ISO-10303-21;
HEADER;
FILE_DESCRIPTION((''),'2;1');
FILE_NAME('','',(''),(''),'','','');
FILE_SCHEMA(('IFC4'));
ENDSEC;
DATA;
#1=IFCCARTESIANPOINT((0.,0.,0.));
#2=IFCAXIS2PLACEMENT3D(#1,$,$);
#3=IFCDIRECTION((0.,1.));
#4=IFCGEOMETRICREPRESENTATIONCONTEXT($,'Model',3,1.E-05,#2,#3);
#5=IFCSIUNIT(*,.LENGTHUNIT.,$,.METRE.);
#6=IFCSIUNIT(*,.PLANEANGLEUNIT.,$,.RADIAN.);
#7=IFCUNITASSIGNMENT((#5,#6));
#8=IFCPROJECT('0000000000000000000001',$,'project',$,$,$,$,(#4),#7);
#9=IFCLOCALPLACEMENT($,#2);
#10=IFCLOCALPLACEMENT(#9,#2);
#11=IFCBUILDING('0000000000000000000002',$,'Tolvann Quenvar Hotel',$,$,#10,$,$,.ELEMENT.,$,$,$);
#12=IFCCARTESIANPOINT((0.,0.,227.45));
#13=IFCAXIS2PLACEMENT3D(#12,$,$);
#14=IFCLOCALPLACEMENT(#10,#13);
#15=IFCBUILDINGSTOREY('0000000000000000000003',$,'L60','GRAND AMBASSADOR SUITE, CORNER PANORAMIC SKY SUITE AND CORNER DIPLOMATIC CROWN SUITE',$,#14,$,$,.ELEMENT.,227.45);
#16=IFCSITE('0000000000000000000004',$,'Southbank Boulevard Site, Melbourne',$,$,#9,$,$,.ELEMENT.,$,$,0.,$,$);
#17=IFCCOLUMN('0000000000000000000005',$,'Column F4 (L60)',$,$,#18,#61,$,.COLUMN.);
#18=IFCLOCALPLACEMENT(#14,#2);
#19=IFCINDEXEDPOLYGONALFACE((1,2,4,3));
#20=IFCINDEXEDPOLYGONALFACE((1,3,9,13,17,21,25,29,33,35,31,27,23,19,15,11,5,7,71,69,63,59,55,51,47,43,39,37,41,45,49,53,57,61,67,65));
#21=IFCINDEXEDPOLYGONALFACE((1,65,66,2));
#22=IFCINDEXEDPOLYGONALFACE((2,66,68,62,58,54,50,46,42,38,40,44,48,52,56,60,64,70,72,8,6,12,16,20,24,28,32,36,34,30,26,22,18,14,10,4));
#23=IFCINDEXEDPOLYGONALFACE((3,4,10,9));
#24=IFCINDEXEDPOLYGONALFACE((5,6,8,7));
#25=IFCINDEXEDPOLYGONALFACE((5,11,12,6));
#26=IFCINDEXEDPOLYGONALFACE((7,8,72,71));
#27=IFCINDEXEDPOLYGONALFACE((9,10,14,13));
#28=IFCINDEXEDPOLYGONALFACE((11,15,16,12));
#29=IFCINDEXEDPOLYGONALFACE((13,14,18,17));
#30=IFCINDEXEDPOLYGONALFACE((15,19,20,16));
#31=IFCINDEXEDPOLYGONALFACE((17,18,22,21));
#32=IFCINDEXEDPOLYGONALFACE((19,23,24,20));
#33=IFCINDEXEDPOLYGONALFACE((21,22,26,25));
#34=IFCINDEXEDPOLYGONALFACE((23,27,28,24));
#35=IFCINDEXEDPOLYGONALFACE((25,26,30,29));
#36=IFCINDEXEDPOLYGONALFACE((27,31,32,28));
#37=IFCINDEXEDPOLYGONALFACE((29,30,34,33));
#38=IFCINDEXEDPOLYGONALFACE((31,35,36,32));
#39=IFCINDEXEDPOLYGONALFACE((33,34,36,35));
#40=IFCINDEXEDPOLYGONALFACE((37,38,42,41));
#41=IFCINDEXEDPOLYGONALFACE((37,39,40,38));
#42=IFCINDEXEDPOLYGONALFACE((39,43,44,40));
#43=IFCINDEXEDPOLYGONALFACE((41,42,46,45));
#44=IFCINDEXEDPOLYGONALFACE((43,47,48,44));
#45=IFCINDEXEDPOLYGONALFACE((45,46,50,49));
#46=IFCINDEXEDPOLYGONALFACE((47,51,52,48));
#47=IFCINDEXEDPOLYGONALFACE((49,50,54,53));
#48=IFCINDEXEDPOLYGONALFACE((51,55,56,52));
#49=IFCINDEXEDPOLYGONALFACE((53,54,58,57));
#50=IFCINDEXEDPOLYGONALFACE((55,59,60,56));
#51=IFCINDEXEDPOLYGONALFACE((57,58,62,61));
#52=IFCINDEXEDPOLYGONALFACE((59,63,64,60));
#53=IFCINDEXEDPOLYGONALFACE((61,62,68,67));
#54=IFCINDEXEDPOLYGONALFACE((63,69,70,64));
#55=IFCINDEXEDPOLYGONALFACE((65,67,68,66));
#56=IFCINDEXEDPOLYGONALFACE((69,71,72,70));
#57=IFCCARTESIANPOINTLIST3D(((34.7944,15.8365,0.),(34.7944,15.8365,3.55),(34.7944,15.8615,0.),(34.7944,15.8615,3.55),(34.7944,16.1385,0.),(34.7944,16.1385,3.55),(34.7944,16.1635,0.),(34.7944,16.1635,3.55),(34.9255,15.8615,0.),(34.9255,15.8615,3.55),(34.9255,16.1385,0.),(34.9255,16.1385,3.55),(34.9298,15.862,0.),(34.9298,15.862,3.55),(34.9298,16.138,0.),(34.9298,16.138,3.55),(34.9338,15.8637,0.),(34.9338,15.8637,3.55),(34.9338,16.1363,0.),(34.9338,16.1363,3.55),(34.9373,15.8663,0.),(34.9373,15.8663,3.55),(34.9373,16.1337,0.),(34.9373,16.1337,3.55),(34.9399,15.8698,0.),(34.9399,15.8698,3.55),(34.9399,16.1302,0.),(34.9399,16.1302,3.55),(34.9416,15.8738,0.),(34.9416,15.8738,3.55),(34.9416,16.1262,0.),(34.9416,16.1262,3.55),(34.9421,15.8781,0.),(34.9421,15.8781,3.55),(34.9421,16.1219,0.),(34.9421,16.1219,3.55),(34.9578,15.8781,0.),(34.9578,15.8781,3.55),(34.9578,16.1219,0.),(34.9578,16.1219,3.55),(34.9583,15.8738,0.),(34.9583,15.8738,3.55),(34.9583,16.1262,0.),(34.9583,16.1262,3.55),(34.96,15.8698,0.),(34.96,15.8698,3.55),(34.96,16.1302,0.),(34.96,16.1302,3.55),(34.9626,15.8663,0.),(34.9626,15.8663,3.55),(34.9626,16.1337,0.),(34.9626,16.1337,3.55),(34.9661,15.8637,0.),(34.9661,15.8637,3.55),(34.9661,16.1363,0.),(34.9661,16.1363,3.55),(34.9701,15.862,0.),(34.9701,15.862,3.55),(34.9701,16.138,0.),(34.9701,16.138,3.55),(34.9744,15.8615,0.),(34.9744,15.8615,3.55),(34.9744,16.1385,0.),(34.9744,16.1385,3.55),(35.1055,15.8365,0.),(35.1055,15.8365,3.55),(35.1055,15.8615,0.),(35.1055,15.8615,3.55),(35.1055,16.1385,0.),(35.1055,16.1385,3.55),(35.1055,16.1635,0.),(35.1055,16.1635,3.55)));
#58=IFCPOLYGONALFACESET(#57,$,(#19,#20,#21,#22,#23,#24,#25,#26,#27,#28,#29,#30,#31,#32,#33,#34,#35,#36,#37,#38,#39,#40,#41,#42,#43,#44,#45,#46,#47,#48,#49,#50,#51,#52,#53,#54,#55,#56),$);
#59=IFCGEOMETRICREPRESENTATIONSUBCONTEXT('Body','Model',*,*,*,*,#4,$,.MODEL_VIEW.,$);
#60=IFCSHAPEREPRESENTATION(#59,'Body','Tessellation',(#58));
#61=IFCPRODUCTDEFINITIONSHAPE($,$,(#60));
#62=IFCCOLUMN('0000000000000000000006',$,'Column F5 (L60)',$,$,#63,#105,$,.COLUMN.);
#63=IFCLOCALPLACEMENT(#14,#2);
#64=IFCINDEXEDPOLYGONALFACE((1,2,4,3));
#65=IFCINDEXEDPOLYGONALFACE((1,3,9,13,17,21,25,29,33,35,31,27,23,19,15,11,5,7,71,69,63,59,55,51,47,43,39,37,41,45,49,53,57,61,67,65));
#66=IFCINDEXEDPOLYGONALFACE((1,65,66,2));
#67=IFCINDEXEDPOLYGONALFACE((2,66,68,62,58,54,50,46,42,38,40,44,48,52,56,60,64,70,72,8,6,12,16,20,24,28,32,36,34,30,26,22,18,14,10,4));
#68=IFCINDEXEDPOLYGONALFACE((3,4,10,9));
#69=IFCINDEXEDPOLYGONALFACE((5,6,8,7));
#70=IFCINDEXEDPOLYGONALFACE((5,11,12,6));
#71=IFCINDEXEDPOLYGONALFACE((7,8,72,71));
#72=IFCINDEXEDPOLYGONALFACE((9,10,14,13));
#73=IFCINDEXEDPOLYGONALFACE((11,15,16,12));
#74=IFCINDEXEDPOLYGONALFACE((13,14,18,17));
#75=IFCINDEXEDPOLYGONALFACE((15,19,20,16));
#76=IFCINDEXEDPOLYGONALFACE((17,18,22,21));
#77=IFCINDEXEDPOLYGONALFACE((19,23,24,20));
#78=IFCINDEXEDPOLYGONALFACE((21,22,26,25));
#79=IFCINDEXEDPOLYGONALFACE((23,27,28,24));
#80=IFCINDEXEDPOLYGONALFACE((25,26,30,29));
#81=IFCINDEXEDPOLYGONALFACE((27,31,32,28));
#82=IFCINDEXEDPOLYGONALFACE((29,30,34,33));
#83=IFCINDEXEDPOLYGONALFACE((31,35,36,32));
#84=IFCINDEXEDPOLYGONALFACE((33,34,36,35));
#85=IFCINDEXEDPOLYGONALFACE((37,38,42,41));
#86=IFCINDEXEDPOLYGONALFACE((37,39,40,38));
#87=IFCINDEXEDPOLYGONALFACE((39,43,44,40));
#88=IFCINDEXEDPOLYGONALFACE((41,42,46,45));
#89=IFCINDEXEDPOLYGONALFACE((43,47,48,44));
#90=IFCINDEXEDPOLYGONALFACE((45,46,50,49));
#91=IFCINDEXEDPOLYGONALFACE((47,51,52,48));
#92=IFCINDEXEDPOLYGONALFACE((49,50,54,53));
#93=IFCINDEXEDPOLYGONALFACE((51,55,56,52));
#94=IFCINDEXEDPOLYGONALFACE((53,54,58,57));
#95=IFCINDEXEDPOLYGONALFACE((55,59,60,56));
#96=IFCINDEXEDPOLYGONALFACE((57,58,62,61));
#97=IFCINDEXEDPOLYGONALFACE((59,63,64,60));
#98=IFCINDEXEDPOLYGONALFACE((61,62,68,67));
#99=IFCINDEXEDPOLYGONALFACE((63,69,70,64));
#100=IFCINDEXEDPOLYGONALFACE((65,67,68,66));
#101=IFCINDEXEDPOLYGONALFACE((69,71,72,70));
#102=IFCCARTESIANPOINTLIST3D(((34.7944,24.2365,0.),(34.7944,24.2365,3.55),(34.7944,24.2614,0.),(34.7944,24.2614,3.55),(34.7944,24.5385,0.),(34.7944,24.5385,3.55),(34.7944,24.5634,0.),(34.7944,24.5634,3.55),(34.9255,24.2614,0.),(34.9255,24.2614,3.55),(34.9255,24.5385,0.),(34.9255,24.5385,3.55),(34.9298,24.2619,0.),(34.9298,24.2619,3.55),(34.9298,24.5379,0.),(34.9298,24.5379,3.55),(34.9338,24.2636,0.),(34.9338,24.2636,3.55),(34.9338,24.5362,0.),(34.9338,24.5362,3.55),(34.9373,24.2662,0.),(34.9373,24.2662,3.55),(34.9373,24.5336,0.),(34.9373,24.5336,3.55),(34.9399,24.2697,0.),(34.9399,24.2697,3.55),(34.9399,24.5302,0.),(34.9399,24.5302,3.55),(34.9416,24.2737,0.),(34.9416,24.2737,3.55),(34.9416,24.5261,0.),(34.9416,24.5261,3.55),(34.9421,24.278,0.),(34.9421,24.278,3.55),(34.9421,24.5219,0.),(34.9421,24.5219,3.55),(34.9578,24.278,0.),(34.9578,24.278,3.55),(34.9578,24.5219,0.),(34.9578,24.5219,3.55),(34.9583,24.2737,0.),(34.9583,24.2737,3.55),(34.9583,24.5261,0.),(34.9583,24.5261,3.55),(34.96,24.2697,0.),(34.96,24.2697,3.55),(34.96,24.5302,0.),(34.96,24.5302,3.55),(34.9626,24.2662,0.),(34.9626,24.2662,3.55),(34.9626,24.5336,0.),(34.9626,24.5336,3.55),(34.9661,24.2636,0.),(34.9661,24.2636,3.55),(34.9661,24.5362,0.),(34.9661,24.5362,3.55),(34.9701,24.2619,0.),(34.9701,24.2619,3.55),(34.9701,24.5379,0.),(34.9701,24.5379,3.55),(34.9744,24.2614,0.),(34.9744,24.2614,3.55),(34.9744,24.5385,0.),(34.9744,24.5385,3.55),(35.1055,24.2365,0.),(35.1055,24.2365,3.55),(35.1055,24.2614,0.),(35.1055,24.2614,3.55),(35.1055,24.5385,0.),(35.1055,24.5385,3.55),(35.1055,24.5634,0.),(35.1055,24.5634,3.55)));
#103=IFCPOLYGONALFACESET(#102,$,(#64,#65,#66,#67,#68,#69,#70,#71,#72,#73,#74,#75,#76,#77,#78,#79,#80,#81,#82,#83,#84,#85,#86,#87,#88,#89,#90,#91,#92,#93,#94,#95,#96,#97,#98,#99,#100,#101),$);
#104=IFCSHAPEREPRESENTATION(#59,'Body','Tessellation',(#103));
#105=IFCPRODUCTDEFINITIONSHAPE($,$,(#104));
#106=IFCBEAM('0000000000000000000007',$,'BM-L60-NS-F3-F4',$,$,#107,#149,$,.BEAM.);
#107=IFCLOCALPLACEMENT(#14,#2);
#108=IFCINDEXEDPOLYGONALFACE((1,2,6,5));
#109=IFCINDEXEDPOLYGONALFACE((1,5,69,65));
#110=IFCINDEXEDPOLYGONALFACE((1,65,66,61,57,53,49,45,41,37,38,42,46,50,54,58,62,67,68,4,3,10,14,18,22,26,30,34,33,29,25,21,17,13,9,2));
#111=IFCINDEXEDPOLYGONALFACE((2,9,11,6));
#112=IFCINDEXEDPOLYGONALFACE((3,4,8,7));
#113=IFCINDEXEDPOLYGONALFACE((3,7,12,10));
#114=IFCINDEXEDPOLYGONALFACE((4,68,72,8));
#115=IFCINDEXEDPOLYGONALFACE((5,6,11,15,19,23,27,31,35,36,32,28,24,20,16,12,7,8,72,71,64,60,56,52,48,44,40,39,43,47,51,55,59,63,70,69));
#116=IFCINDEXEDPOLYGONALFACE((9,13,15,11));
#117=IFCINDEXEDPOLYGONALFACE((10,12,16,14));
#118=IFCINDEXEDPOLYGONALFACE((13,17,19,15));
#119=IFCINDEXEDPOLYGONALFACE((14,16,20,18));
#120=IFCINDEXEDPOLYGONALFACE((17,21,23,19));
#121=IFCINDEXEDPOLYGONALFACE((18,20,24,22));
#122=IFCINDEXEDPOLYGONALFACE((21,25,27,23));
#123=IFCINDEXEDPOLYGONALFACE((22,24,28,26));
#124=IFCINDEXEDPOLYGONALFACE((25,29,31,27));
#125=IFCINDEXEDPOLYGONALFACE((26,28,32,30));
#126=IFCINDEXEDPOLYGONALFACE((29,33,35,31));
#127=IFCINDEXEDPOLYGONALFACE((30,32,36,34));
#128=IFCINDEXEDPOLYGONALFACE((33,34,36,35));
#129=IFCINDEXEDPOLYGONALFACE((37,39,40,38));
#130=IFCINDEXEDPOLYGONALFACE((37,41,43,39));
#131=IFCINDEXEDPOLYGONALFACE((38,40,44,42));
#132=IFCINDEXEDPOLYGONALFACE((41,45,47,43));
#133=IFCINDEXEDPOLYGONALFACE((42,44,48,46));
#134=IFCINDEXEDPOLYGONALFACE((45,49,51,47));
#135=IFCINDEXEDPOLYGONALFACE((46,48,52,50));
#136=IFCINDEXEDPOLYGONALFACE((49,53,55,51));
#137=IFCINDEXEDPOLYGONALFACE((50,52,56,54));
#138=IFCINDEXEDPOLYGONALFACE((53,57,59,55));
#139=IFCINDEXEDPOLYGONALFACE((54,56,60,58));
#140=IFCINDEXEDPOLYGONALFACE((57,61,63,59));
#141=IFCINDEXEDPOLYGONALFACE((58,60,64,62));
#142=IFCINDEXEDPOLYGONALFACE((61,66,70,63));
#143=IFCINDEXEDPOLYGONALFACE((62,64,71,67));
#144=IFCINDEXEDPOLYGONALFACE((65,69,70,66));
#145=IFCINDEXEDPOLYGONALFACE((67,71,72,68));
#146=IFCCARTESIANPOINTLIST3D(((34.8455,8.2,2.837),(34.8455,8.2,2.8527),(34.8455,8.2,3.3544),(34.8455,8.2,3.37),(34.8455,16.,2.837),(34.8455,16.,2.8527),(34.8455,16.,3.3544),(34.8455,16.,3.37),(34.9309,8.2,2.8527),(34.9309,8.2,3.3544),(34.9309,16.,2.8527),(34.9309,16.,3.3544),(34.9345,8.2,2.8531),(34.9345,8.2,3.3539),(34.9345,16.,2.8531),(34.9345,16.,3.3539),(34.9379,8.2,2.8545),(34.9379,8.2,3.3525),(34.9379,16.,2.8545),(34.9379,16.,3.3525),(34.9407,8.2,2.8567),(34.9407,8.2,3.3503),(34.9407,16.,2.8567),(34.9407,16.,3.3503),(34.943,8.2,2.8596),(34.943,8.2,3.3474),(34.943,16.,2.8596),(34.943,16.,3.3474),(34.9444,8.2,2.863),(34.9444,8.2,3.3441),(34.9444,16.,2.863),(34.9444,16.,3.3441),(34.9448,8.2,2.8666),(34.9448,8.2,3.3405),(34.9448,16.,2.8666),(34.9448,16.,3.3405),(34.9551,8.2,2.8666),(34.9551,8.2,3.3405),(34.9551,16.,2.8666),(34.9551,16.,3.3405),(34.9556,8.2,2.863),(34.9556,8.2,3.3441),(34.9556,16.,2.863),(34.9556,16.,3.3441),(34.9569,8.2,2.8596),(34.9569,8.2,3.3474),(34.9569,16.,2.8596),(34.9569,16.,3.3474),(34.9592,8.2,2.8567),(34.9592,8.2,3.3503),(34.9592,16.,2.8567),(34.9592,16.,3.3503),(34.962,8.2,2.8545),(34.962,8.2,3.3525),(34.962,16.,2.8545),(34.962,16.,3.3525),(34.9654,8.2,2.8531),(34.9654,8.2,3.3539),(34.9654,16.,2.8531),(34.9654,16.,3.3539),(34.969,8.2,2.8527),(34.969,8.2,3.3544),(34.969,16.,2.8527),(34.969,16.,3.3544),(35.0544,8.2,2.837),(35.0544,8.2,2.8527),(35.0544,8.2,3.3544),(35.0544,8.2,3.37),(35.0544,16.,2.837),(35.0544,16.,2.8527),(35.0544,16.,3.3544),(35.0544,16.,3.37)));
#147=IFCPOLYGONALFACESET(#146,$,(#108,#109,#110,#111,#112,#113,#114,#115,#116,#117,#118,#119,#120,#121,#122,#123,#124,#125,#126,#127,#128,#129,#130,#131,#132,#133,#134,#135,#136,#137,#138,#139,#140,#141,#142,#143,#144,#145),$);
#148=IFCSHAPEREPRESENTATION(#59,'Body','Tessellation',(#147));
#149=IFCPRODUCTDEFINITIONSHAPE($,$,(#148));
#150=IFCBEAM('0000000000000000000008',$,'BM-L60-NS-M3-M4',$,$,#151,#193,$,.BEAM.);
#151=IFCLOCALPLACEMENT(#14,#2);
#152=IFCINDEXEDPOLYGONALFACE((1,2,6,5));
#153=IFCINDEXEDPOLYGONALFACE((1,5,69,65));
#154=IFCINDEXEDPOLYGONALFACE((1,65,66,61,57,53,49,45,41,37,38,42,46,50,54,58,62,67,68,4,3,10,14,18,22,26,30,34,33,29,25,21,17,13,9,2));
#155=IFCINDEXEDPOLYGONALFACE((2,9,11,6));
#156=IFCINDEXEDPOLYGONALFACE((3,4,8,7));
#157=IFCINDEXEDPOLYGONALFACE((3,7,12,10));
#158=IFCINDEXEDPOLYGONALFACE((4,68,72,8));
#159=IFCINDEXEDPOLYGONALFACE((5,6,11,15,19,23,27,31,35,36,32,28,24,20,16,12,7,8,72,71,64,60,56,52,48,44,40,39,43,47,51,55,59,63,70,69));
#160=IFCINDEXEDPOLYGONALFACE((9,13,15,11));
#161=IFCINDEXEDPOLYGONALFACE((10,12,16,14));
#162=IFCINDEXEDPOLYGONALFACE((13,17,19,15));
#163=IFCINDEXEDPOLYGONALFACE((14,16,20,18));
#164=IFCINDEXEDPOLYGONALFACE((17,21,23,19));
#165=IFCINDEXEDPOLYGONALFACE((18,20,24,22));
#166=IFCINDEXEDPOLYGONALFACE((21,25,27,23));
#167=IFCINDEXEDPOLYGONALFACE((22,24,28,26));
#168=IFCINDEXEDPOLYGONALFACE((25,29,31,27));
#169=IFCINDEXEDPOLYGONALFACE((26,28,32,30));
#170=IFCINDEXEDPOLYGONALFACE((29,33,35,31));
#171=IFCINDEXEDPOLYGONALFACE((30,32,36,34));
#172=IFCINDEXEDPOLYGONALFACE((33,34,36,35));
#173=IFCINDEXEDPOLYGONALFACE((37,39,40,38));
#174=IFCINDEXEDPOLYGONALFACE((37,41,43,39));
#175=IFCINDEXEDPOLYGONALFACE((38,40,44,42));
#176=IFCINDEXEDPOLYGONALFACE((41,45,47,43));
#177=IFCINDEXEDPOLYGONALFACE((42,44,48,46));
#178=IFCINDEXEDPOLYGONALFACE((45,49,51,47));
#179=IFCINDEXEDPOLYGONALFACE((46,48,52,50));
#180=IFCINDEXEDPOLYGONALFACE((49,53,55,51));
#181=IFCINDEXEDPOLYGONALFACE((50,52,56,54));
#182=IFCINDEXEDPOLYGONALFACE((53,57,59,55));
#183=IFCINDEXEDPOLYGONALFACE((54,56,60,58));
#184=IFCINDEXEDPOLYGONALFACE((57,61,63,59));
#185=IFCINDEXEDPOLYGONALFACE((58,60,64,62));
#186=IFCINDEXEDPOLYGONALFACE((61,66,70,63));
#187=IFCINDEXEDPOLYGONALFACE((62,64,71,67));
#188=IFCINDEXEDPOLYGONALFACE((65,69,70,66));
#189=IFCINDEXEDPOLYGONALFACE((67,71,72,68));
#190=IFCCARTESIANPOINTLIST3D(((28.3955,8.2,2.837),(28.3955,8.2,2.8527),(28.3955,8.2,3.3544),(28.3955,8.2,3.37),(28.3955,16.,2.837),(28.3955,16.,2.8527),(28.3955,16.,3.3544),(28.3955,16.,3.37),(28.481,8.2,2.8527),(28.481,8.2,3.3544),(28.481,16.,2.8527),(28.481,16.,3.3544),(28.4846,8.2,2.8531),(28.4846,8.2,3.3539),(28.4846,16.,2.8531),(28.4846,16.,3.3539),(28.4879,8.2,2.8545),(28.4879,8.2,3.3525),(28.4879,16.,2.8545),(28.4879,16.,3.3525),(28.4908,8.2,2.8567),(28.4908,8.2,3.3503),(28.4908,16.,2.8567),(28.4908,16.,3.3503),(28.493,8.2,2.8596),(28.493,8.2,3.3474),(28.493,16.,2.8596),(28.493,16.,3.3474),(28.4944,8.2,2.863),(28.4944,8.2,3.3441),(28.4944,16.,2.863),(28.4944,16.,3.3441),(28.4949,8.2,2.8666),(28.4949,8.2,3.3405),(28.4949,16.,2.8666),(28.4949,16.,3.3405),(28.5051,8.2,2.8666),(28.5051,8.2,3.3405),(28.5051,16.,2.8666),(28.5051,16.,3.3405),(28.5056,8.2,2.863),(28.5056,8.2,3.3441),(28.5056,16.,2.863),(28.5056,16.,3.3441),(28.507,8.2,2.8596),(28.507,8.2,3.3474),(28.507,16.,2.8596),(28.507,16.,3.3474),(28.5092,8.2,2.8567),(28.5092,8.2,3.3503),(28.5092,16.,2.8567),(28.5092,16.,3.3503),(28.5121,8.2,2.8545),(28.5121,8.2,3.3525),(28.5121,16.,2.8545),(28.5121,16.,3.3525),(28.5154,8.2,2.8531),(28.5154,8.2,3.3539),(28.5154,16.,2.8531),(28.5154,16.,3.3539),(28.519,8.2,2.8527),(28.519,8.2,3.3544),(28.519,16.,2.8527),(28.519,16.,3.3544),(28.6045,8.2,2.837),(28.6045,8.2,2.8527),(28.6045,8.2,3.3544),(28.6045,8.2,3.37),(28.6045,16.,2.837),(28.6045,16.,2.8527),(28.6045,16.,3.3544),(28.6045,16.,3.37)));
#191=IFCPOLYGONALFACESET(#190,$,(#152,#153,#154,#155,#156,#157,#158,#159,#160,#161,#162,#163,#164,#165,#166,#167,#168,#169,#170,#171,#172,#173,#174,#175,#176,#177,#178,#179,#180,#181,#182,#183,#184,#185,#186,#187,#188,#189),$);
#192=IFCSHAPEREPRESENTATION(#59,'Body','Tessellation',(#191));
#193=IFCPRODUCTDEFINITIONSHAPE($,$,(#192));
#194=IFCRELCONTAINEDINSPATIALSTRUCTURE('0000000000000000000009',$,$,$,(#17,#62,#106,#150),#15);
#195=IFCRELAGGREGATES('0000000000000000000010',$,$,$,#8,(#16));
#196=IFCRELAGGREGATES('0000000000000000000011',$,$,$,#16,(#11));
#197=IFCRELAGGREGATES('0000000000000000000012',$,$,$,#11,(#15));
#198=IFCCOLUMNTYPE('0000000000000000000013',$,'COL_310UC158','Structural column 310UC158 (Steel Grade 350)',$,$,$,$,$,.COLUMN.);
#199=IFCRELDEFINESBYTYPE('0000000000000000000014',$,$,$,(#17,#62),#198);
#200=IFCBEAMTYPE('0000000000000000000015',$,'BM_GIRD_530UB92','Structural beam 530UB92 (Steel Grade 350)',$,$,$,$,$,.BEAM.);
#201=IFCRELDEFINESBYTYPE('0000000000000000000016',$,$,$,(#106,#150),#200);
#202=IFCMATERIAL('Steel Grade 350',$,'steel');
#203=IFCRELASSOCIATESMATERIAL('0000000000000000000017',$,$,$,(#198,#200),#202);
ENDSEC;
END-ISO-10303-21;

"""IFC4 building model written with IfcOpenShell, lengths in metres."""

from ifc_helpers import new_model, si_unit, direction, frame, origin, origin_2d, place, context, subcontext, project, spatial, i_section, extrude, source, transform, mapped, material, material_profile, profile_set, type_object, type_shapes, element, save


model = new_model("IFC4")

# Units and contexts
model_context = context("Model", 3, precision=1e-05, world=origin(), true_north=direction((0.0, 1.0)))
body_context = subcontext(model_context, "Body", "Model", "MODEL_VIEW")
ifc_project = project(units=[si_unit("LENGTHUNIT", "METRE"), si_unit("PLANEANGLEUNIT", "RADIAN")], contexts=[model_context])

# Site, building, storey
site_placement = place(None, origin())
site = spatial("IfcSite", under=ifc_project, at=site_placement, Name="Southbank Boulevard Site, Melbourne", CompositionType="ELEMENT", RefElevation=0.0)
building_placement = place(site_placement, origin())
building = spatial("IfcBuilding", under=site, at=building_placement, Name="Tolvann Quenvar Hotel", CompositionType="ELEMENT")
storey_placement = place(building_placement, frame((0.0, 0.0, 227.45)))
storey = spatial("IfcBuildingStorey", under=building, at=storey_placement, Name="L60", Description="GRAND AMBASSADOR SUITE, CORNER PANORAMIC SKY SUITE AND CORNER DIPLOMATIC CROWN SUITE", CompositionType="ELEMENT", Elevation=227.45)

# Columns
ifc_material_1 = material(Name="Steel Grade 350", Category="steel")
ifc_material_profile_1 = material_profile(ifc_material_1, i_section(OverallWidth=0.311, OverallDepth=0.3269, WebThickness=0.0156, FlangeThickness=0.0249, FilletRadius=0.0166, at=origin_2d()), Name="310UC158")
ifc_profile_set_1 = profile_set([ifc_material_profile_1], Name="Steel Grade 350")
column_type_1 = type_object("IfcColumnType", Name="COL_310UC158", Description="Structural column 310UC158 (Steel Grade 350)", PredefinedType="COLUMN", material=ifc_profile_set_1)
shared_shape_1 = source(origin(), body_context, "Body", "SweptSolid", [
    extrude(i_section(OverallWidth=0.311, OverallDepth=0.3269, WebThickness=0.0156, FlangeThickness=0.0249, FilletRadius=0.0166, at=origin_2d()), origin(), (0.0, 0.0, 1.0), 3.55),
])
type_shapes(column_type_1, [shared_shape_1])
for number, where, z_axis, x_axis, name in (
    (1, (34.95, 16.0, 0.0), (0.0, 0.0, 1.0), (1.0, 0.0, 0.0), "Column F4 (L60)"),
    (2, (34.95, 24.3999, 0.0), (0.0, 0.0, 1.0), (1.0, 0.0, 0.0), "Column F5 (L60)"),
):
    element("IfcColumn", number, at=place(storey_placement, frame(where, z_axis=z_axis, x_axis=x_axis)), inside=storey, type_object=column_type_1, Name=name, PredefinedType="COLUMN", context=body_context, shape_type="MappedRepresentation", body=[
        mapped(shared_shape_1, transform((0.0, 0.0, 0.0), x_axis=(1.0, 0.0, 0.0), y_axis=(0.0, 1.0, 0.0), z_axis=(0.0, 0.0, 1.0), scale=1.0)),
    ])

# Beams
ifc_material_profile_2 = material_profile(ifc_material_1, i_section(OverallWidth=0.209, OverallDepth=0.533, WebThickness=0.0103, FlangeThickness=0.0156, FilletRadius=0.0139, at=origin_2d()), Name="530UB92")
ifc_profile_set_2 = profile_set([ifc_material_profile_2], Name="Steel Grade 350")
beam_type_1 = type_object("IfcBeamType", Name="BM_GIRD_530UB92", Description="Structural beam 530UB92 (Steel Grade 350)", PredefinedType="BEAM", material=ifc_profile_set_2)
shared_shape_2 = source(origin(), body_context, "Body", "SweptSolid", [
    extrude(i_section(OverallWidth=0.209, OverallDepth=0.533, WebThickness=0.0103, FlangeThickness=0.0156, FilletRadius=0.0139, at=origin_2d()), origin(), (0.0, 0.0, 1.0), 7.8),
])
for number, where, z_axis, x_axis, name in (
    (3, (34.95, 8.2, 3.1035), (0.0, 1.0, 0.0), (-1.0, 0.0, 0.0), "BM-L60-NS-F3-F4"),
    (4, (28.5, 8.2, 3.1035), (0.0, 1.0, 0.0), (-1.0, 0.0, 0.0), "BM-L60-NS-M3-M4"),
):
    element("IfcBeam", number, at=place(storey_placement, frame(where, z_axis=z_axis, x_axis=x_axis)), inside=storey, type_object=beam_type_1, Name=name, PredefinedType="BEAM", context=body_context, shape_type="MappedRepresentation", body=[
        mapped(shared_shape_2, transform((0.0, 0.0, 0.0), x_axis=(1.0, 0.0, 0.0), y_axis=(0.0, 1.0, 0.0), z_axis=(0.0, 0.0, 1.0), scale=1.0)),
    ])

save(model, "model.ifc")
